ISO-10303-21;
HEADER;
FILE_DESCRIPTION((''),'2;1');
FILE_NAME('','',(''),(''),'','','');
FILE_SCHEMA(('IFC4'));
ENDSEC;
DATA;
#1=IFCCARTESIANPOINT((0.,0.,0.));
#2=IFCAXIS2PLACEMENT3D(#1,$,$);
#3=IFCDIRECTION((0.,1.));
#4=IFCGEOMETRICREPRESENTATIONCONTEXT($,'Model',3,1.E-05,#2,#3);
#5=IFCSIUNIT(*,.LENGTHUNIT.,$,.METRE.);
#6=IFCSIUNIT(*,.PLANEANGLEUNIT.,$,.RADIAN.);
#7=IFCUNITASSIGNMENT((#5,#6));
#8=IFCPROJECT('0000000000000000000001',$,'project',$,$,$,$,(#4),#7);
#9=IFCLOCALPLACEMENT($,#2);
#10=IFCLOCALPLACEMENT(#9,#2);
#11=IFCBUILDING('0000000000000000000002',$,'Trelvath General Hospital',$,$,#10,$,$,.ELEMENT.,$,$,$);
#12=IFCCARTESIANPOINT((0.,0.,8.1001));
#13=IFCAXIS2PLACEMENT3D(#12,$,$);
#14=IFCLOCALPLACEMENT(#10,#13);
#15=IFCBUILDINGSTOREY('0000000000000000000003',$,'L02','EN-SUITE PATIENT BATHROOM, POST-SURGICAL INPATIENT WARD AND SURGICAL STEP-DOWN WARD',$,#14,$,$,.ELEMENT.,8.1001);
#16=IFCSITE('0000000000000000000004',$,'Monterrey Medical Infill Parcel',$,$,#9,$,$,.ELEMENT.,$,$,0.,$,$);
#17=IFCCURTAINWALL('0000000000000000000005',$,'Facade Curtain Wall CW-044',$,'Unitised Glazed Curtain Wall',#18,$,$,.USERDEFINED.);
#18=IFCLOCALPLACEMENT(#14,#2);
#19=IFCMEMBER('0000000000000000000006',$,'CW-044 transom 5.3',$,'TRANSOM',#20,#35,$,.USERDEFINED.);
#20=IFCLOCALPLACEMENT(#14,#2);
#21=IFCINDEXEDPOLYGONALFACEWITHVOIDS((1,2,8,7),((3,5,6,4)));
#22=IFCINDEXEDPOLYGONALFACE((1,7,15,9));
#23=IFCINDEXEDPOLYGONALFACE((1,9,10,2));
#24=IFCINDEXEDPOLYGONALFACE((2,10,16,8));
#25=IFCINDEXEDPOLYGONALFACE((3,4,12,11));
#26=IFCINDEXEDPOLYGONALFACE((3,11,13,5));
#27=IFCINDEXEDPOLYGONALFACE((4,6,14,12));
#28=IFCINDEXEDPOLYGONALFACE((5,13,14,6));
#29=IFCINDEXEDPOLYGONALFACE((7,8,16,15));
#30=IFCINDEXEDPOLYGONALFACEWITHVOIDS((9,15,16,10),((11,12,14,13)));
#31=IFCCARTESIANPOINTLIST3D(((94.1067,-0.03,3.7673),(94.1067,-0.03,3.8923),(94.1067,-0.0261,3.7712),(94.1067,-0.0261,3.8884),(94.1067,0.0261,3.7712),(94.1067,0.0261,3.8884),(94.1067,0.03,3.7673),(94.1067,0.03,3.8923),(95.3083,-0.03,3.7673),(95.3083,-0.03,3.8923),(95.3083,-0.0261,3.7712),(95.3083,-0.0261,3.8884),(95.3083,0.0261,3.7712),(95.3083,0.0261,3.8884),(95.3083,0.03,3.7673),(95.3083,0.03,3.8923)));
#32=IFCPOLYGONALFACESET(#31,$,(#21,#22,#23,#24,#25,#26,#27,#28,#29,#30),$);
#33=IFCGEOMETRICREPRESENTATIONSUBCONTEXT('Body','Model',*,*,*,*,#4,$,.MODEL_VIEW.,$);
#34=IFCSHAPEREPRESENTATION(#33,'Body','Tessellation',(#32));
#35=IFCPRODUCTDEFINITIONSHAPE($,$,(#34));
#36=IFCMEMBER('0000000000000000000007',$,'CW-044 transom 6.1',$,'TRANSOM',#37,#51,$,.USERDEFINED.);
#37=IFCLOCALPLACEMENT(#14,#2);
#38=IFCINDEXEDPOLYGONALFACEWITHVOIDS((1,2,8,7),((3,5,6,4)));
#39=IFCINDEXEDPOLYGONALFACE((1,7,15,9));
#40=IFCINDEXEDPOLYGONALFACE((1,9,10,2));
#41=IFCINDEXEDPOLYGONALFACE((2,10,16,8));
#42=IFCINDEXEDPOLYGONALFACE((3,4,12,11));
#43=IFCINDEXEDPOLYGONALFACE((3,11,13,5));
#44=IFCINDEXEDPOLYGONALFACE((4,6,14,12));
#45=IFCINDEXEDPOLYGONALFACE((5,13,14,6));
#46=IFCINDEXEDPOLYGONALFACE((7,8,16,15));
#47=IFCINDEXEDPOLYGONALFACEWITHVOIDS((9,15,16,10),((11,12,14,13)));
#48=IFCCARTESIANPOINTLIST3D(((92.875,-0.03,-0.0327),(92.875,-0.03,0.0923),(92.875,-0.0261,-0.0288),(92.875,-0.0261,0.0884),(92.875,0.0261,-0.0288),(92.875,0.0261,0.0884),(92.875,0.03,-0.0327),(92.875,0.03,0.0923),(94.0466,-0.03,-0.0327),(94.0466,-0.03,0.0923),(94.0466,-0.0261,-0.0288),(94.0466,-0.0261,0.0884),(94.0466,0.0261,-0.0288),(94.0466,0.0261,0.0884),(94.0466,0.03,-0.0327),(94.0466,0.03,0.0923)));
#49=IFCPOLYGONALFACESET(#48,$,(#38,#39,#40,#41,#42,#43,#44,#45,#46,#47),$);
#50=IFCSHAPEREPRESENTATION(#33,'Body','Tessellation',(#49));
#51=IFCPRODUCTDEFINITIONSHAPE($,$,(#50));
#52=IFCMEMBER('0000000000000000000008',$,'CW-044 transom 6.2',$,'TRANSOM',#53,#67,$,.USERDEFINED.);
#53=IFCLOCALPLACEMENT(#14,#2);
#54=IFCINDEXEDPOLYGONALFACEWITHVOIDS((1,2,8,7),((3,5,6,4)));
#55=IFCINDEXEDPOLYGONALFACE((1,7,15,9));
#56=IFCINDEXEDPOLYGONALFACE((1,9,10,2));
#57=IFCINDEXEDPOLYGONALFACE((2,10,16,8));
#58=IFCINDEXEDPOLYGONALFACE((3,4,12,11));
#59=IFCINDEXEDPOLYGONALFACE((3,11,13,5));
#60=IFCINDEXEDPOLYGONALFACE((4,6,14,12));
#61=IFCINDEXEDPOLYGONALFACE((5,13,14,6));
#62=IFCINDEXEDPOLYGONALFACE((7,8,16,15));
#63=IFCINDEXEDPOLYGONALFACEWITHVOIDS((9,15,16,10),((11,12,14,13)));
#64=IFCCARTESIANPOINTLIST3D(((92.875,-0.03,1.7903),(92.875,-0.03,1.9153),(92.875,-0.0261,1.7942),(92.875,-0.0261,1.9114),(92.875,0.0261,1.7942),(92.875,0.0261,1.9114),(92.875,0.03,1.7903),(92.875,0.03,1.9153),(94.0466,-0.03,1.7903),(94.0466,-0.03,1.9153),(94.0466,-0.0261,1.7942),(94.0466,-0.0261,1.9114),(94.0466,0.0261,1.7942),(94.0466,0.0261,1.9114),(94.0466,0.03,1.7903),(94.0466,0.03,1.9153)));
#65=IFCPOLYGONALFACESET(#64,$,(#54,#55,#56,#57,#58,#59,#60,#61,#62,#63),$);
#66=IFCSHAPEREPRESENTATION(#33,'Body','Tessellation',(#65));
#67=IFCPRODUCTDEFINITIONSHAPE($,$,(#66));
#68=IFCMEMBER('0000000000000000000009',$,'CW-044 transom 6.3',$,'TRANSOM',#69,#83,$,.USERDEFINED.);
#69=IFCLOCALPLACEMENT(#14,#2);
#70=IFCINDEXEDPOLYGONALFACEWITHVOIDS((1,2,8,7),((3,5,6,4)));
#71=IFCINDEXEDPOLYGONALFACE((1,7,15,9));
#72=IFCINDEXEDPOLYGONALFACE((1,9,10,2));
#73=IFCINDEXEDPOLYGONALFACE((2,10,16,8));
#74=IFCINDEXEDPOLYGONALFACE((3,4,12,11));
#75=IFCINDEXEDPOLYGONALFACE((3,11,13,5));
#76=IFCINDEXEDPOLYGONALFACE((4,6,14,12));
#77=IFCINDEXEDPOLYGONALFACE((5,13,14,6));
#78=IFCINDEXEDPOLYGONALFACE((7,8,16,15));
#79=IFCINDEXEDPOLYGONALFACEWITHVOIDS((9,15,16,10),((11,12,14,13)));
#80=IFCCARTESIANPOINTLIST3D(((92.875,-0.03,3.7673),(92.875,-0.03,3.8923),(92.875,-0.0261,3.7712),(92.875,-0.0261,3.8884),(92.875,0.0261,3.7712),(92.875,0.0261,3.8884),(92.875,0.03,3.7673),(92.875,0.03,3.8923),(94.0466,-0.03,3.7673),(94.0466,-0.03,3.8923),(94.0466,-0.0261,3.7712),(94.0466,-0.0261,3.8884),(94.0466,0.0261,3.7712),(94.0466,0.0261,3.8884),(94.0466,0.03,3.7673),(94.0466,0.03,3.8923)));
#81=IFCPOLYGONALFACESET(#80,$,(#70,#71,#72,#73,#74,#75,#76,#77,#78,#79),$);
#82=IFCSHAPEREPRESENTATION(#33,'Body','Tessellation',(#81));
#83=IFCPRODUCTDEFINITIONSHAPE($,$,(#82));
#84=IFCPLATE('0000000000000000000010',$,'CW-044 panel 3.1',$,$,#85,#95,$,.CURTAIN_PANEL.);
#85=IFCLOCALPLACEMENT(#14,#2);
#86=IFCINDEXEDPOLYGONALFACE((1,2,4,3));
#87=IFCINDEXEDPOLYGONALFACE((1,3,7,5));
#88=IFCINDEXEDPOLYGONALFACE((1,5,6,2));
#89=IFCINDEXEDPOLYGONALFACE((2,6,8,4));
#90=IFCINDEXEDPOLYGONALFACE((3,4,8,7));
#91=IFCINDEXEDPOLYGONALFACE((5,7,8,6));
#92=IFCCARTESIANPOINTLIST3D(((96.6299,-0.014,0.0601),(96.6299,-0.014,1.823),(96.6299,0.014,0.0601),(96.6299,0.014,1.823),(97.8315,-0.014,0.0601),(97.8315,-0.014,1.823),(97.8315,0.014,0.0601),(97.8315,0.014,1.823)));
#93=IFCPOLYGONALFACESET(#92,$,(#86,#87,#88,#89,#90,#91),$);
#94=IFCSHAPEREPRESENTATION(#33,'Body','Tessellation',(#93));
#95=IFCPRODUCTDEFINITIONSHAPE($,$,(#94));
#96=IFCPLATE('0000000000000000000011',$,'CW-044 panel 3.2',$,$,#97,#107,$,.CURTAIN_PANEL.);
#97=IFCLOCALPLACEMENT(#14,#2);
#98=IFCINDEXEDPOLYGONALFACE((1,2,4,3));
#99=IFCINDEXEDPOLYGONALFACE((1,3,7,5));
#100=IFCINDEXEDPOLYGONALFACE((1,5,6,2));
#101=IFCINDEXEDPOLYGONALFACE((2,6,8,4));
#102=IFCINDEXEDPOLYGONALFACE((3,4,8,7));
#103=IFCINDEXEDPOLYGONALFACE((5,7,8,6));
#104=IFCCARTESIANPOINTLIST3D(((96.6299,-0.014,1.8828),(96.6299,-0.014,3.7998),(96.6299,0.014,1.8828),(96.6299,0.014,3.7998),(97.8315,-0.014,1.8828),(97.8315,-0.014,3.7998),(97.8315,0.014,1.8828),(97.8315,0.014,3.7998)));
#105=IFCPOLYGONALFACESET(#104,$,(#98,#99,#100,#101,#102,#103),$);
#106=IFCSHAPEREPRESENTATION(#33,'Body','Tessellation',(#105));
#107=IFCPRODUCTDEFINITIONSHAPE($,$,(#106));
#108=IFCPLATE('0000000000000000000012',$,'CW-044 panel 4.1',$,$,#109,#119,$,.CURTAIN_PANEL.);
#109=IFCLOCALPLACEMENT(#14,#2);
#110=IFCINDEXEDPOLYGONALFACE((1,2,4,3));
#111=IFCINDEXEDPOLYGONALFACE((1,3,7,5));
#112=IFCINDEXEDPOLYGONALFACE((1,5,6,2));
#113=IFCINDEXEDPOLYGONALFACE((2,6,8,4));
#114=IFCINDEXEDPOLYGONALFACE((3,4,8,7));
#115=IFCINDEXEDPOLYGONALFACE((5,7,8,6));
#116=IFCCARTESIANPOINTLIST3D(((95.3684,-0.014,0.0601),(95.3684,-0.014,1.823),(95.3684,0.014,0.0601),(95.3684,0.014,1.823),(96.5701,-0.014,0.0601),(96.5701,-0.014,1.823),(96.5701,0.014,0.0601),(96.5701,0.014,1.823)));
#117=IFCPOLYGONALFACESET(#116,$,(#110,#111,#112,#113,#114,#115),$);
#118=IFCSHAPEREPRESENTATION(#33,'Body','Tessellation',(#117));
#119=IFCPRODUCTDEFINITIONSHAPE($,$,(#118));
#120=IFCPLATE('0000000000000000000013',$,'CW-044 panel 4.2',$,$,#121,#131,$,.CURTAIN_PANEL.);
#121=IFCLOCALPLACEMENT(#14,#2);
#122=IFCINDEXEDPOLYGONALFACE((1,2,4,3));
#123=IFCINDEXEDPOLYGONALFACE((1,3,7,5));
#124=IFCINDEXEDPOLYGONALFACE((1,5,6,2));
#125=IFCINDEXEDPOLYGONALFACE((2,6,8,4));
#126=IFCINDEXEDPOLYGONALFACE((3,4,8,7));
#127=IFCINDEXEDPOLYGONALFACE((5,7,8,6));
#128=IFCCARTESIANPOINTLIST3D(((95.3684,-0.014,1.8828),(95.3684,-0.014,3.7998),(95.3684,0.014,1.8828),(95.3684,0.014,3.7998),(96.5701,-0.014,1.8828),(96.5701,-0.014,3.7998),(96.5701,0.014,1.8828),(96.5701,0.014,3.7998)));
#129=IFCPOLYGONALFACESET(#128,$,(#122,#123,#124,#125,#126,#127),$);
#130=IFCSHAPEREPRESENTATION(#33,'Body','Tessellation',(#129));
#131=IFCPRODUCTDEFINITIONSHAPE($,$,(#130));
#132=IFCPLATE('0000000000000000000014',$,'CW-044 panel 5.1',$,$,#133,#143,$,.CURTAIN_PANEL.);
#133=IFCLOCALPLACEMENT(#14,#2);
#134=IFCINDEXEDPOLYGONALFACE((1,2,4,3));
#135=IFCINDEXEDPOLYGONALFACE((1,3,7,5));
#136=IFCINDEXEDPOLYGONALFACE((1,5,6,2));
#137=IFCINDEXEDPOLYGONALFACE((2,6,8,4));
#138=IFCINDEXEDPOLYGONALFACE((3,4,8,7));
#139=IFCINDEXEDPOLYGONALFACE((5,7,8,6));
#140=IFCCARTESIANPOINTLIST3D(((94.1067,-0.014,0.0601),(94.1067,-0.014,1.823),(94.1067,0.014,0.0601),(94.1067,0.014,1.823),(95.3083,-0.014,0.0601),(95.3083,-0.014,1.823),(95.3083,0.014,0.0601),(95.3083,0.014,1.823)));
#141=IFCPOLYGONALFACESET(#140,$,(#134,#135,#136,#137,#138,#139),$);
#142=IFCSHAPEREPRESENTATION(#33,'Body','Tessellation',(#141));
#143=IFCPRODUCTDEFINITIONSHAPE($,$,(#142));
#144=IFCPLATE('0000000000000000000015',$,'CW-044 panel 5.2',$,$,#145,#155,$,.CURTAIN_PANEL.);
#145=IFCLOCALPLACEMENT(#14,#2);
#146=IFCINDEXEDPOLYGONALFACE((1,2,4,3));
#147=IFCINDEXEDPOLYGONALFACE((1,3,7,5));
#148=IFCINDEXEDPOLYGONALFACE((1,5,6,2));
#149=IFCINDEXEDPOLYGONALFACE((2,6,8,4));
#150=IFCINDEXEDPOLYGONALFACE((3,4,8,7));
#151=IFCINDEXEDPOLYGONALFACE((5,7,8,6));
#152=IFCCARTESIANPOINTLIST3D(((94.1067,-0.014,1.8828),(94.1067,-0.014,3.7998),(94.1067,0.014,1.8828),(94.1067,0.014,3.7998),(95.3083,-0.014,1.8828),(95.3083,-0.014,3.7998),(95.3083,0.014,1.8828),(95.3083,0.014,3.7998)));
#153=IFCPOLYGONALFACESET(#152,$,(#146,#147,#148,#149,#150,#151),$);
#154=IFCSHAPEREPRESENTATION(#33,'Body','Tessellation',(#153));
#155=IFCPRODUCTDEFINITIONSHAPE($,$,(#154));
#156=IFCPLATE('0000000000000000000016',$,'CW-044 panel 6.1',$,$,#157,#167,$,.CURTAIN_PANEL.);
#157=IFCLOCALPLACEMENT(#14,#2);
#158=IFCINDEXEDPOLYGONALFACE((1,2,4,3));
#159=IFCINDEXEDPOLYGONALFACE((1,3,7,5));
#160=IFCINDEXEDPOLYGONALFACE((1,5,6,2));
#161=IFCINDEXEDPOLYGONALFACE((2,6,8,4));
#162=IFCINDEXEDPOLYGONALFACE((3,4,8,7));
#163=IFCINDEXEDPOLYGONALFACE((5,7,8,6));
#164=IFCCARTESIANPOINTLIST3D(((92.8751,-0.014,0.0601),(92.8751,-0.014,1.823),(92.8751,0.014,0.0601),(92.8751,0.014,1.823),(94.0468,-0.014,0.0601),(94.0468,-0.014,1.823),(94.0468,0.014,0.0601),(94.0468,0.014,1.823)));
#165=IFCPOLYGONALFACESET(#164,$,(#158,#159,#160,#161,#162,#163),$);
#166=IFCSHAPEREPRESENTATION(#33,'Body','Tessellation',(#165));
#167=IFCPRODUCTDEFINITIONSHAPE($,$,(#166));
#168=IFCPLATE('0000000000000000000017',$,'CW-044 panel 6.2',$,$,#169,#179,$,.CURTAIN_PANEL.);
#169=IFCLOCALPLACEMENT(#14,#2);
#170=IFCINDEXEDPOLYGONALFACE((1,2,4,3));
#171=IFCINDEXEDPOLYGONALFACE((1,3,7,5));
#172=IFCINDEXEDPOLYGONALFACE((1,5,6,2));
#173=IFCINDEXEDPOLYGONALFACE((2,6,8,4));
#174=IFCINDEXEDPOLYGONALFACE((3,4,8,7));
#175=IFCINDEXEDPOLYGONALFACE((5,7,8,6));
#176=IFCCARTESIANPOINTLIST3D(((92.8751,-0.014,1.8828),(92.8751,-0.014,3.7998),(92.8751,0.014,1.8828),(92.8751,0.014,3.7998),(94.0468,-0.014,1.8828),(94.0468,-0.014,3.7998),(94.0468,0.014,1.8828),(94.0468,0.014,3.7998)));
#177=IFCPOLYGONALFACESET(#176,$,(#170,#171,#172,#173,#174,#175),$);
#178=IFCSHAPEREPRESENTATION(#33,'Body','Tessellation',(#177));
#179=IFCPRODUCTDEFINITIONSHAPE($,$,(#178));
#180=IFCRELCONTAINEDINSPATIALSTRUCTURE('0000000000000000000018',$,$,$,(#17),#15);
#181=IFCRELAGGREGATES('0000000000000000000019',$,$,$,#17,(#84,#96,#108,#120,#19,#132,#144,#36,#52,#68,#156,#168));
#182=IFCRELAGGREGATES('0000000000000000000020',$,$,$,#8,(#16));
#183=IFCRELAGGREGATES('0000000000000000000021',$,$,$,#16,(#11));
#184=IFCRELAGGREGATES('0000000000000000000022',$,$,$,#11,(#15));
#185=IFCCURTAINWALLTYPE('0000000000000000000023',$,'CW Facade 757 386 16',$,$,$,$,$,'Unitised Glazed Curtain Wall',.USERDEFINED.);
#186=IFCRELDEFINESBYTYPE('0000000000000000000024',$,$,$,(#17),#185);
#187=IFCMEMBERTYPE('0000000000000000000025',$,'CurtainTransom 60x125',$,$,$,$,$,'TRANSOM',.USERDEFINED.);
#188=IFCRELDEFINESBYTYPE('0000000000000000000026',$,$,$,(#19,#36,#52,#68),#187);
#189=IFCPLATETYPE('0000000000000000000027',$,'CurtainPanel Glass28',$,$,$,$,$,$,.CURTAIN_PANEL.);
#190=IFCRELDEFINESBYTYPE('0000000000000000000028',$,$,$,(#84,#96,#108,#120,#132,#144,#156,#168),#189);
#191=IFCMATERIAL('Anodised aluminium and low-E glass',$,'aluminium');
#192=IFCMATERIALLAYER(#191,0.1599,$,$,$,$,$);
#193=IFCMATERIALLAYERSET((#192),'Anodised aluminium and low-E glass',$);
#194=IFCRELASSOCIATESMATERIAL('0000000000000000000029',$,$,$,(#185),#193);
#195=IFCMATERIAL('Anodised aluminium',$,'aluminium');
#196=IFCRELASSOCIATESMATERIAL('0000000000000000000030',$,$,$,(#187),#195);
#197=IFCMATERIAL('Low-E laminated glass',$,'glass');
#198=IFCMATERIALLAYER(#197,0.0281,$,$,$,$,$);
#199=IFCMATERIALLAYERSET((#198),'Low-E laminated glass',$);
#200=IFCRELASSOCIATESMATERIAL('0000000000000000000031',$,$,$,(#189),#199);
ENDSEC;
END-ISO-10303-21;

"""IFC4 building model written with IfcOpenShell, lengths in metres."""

from ifc_helpers import new_model, si_unit, direction, frame, origin, origin_2d, place, context, subcontext, project, spatial, rectangle, hollow_rectangle, extrude, material, layer, layer_set, material_profile, profile_set, type_object, element, aggregate, save


model = new_model("IFC4")

# Units and contexts
model_context = context("Model", 3, precision=1e-05, world=origin(), true_north=direction((0.0, 1.0)))
body_context = subcontext(model_context, "Body", "Model", "MODEL_VIEW")
ifc_project = project(units=[si_unit("LENGTHUNIT", "METRE"), si_unit("PLANEANGLEUNIT", "RADIAN")], contexts=[model_context])

# Site, building, storey
site_placement = place(None, origin())
site = spatial("IfcSite", under=ifc_project, at=site_placement, Name="Monterrey Medical Infill Parcel", CompositionType="ELEMENT", RefElevation=0.0)
building_placement = place(site_placement, origin())
building = spatial("IfcBuilding", under=site, at=building_placement, Name="Trelvath General Hospital", CompositionType="ELEMENT")
storey_placement = place(building_placement, frame((0.0, 0.0, 8.1001)))
storey = spatial("IfcBuildingStorey", under=building, at=storey_placement, Name="L02", Description="EN-SUITE PATIENT BATHROOM, POST-SURGICAL INPATIENT WARD AND SURGICAL STEP-DOWN WARD", CompositionType="ELEMENT", Elevation=8.1001)

# Curtain wall, members, plates
ifc_material_1 = material(Name="Anodised aluminium and low-E glass", Category="aluminium")
ifc_layer_1 = layer(ifc_material_1, 0.1599)
ifc_layer_set_1 = layer_set([ifc_layer_1], Name="Anodised aluminium and low-E glass")
curtain_wall_type = type_object("IfcCurtainWallType", Name="CW Facade 757 386 16", ElementType="Unitised Glazed Curtain Wall", PredefinedType="USERDEFINED", material=ifc_layer_set_1)
curtain_wall_placement = place(storey_placement, origin())
curtain_wall = element("IfcCurtainWall", 1, at=curtain_wall_placement, inside=storey, type_object=curtain_wall_type, Name="Facade Curtain Wall CW-044", ObjectType="Unitised Glazed Curtain Wall", PredefinedType="USERDEFINED")
ifc_material_2 = material(Name="Anodised aluminium", Category="aluminium")
ifc_material_profile_1 = material_profile(ifc_material_2, hollow_rectangle(XDim=0.0601, YDim=0.125, WallThickness=0.0039, at=origin_2d()), Name="RHS60x125x4")
ifc_profile_set_1 = profile_set([ifc_material_profile_1], Name="Anodised aluminium")
member_type_1 = type_object("IfcMemberType", Name="CurtainTransom 60x125", ElementType="TRANSOM", PredefinedType="USERDEFINED", material=ifc_profile_set_1)
member_1_placement = place(storey_placement, frame((95.3083, 0.0, 3.8298), z_axis=(-1.0, 0.0, 0.0), x_axis=(0.0, -1.0, 0.0)))
member_1 = element("IfcMember", 2, at=member_1_placement, type_object=member_type_1, Name="CW-044 transom 5.3", ObjectType="TRANSOM", PredefinedType="USERDEFINED", context=body_context, shape_type="SweptSolid", body=[
    extrude(hollow_rectangle(XDim=0.0601, YDim=0.125, WallThickness=0.0039, at=origin_2d()), origin(), (0.0, 0.0, 1.0), 1.2017),
])
member_2_placement = place(storey_placement, frame((94.0466, 0.0, 0.0298), z_axis=(-1.0, 0.0, 0.0), x_axis=(0.0, -1.0, 0.0)))
member_2 = element("IfcMember", 3, at=member_2_placement, type_object=member_type_1, Name="CW-044 transom 6.1", ObjectType="TRANSOM", PredefinedType="USERDEFINED", context=body_context, shape_type="SweptSolid", body=[
    extrude(hollow_rectangle(XDim=0.0601, YDim=0.125, WallThickness=0.0039, at=origin_2d()), origin(), (0.0, 0.0, 1.0), 1.1716),
])
member_3_placement = place(storey_placement, frame((94.0466, 0.0, 1.8528), z_axis=(-1.0, 0.0, 0.0), x_axis=(0.0, -1.0, 0.0)))
member_3 = element("IfcMember", 4, at=member_3_placement, type_object=member_type_1, Name="CW-044 transom 6.2", ObjectType="TRANSOM", PredefinedType="USERDEFINED", context=body_context, shape_type="SweptSolid", body=[
    extrude(hollow_rectangle(XDim=0.0601, YDim=0.125, WallThickness=0.0039, at=origin_2d()), origin(), (0.0, 0.0, 1.0), 1.1716),
])
member_4_placement = place(storey_placement, frame((94.0466, 0.0, 3.8298), z_axis=(-1.0, 0.0, 0.0), x_axis=(0.0, -1.0, 0.0)))
member_4 = element("IfcMember", 5, at=member_4_placement, type_object=member_type_1, Name="CW-044 transom 6.3", ObjectType="TRANSOM", PredefinedType="USERDEFINED", context=body_context, shape_type="SweptSolid", body=[
    extrude(hollow_rectangle(XDim=0.0601, YDim=0.125, WallThickness=0.0039, at=origin_2d()), origin(), (0.0, 0.0, 1.0), 1.1716),
])
ifc_material_3 = material(Name="Low-E laminated glass", Category="glass")
ifc_layer_2 = layer(ifc_material_3, 0.0281)
ifc_layer_set_2 = layer_set([ifc_layer_2], Name="Low-E laminated glass")
plate_type = type_object("IfcPlateType", Name="CurtainPanel Glass28", PredefinedType="CURTAIN_PANEL", material=ifc_layer_set_2)
plate_1_placement = place(storey_placement, frame((97.2307, 0.0, 0.0601), z_axis=(0.0, 0.0, 1.0), x_axis=(-1.0, 0.0, 0.0)))
plate_1 = element("IfcPlate", 6, at=plate_1_placement, type_object=plate_type, Name="CW-044 panel 3.1", PredefinedType="CURTAIN_PANEL", context=body_context, shape_type="SweptSolid", body=[
    extrude(rectangle(XDim=1.2017, YDim=0.0281, at=origin_2d()), origin(), (0.0, 0.0, 1.0), 1.7629),
])
plate_2_placement = place(storey_placement, frame((97.2307, 0.0, 1.8828), z_axis=(0.0, 0.0, 1.0), x_axis=(-1.0, 0.0, 0.0)))
plate_2 = element("IfcPlate", 7, at=plate_2_placement, type_object=plate_type, Name="CW-044 panel 3.2", PredefinedType="CURTAIN_PANEL", context=body_context, shape_type="SweptSolid", body=[
    extrude(rectangle(XDim=1.2017, YDim=0.0281, at=origin_2d()), origin(), (0.0, 0.0, 1.0), 1.917),
])
plate_3_placement = place(storey_placement, frame((95.9692, 0.0, 0.0601), z_axis=(0.0, 0.0, 1.0), x_axis=(-1.0, 0.0, 0.0)))
plate_3 = element("IfcPlate", 8, at=plate_3_placement, type_object=plate_type, Name="CW-044 panel 4.1", PredefinedType="CURTAIN_PANEL", context=body_context, shape_type="SweptSolid", body=[
    extrude(rectangle(XDim=1.2017, YDim=0.0281, at=origin_2d()), origin(), (0.0, 0.0, 1.0), 1.7629),
])
plate_4_placement = place(storey_placement, frame((95.9692, 0.0, 1.8828), z_axis=(0.0, 0.0, 1.0), x_axis=(-1.0, 0.0, 0.0)))
plate_4 = element("IfcPlate", 9, at=plate_4_placement, type_object=plate_type, Name="CW-044 panel 4.2", PredefinedType="CURTAIN_PANEL", context=body_context, shape_type="SweptSolid", body=[
    extrude(rectangle(XDim=1.2017, YDim=0.0281, at=origin_2d()), origin(), (0.0, 0.0, 1.0), 1.917),
])
plate_5_placement = place(storey_placement, frame((94.7075, 0.0, 0.0601), z_axis=(0.0, 0.0, 1.0), x_axis=(-1.0, 0.0, 0.0)))
plate_5 = element("IfcPlate", 10, at=plate_5_placement, type_object=plate_type, Name="CW-044 panel 5.1", PredefinedType="CURTAIN_PANEL", context=body_context, shape_type="SweptSolid", body=[
    extrude(rectangle(XDim=1.2017, YDim=0.0281, at=origin_2d()), origin(), (0.0, 0.0, 1.0), 1.7629),
])
plate_6_placement = place(storey_placement, frame((94.7075, 0.0, 1.8828), z_axis=(0.0, 0.0, 1.0), x_axis=(-1.0, 0.0, 0.0)))
plate_6 = element("IfcPlate", 11, at=plate_6_placement, type_object=plate_type, Name="CW-044 panel 5.2", PredefinedType="CURTAIN_PANEL", context=body_context, shape_type="SweptSolid", body=[
    extrude(rectangle(XDim=1.2017, YDim=0.0281, at=origin_2d()), origin(), (0.0, 0.0, 1.0), 1.917),
])
plate_7_placement = place(storey_placement, frame((93.4609, 0.0, 0.0601), z_axis=(0.0, 0.0, 1.0), x_axis=(-1.0, 0.0, 0.0)))
plate_7 = element("IfcPlate", 12, at=plate_7_placement, type_object=plate_type, Name="CW-044 panel 6.1", PredefinedType="CURTAIN_PANEL", context=body_context, shape_type="SweptSolid", body=[
    extrude(rectangle(XDim=1.1716, YDim=0.0281, at=origin_2d()), origin(), (0.0, 0.0, 1.0), 1.7629),
])
plate_8_placement = place(storey_placement, frame((93.4609, 0.0, 1.8828), z_axis=(0.0, 0.0, 1.0), x_axis=(-1.0, 0.0, 0.0)))
plate_8 = element("IfcPlate", 13, at=plate_8_placement, type_object=plate_type, Name="CW-044 panel 6.2", PredefinedType="CURTAIN_PANEL", context=body_context, shape_type="SweptSolid", body=[
    extrude(rectangle(XDim=1.1716, YDim=0.0281, at=origin_2d()), origin(), (0.0, 0.0, 1.0), 1.917),
])
aggregate(curtain_wall, [plate_1, plate_2, plate_3, plate_4, member_1, plate_5, plate_6, member_2, member_3, member_4, plate_7, plate_8])

save(model, "model.ifc")
